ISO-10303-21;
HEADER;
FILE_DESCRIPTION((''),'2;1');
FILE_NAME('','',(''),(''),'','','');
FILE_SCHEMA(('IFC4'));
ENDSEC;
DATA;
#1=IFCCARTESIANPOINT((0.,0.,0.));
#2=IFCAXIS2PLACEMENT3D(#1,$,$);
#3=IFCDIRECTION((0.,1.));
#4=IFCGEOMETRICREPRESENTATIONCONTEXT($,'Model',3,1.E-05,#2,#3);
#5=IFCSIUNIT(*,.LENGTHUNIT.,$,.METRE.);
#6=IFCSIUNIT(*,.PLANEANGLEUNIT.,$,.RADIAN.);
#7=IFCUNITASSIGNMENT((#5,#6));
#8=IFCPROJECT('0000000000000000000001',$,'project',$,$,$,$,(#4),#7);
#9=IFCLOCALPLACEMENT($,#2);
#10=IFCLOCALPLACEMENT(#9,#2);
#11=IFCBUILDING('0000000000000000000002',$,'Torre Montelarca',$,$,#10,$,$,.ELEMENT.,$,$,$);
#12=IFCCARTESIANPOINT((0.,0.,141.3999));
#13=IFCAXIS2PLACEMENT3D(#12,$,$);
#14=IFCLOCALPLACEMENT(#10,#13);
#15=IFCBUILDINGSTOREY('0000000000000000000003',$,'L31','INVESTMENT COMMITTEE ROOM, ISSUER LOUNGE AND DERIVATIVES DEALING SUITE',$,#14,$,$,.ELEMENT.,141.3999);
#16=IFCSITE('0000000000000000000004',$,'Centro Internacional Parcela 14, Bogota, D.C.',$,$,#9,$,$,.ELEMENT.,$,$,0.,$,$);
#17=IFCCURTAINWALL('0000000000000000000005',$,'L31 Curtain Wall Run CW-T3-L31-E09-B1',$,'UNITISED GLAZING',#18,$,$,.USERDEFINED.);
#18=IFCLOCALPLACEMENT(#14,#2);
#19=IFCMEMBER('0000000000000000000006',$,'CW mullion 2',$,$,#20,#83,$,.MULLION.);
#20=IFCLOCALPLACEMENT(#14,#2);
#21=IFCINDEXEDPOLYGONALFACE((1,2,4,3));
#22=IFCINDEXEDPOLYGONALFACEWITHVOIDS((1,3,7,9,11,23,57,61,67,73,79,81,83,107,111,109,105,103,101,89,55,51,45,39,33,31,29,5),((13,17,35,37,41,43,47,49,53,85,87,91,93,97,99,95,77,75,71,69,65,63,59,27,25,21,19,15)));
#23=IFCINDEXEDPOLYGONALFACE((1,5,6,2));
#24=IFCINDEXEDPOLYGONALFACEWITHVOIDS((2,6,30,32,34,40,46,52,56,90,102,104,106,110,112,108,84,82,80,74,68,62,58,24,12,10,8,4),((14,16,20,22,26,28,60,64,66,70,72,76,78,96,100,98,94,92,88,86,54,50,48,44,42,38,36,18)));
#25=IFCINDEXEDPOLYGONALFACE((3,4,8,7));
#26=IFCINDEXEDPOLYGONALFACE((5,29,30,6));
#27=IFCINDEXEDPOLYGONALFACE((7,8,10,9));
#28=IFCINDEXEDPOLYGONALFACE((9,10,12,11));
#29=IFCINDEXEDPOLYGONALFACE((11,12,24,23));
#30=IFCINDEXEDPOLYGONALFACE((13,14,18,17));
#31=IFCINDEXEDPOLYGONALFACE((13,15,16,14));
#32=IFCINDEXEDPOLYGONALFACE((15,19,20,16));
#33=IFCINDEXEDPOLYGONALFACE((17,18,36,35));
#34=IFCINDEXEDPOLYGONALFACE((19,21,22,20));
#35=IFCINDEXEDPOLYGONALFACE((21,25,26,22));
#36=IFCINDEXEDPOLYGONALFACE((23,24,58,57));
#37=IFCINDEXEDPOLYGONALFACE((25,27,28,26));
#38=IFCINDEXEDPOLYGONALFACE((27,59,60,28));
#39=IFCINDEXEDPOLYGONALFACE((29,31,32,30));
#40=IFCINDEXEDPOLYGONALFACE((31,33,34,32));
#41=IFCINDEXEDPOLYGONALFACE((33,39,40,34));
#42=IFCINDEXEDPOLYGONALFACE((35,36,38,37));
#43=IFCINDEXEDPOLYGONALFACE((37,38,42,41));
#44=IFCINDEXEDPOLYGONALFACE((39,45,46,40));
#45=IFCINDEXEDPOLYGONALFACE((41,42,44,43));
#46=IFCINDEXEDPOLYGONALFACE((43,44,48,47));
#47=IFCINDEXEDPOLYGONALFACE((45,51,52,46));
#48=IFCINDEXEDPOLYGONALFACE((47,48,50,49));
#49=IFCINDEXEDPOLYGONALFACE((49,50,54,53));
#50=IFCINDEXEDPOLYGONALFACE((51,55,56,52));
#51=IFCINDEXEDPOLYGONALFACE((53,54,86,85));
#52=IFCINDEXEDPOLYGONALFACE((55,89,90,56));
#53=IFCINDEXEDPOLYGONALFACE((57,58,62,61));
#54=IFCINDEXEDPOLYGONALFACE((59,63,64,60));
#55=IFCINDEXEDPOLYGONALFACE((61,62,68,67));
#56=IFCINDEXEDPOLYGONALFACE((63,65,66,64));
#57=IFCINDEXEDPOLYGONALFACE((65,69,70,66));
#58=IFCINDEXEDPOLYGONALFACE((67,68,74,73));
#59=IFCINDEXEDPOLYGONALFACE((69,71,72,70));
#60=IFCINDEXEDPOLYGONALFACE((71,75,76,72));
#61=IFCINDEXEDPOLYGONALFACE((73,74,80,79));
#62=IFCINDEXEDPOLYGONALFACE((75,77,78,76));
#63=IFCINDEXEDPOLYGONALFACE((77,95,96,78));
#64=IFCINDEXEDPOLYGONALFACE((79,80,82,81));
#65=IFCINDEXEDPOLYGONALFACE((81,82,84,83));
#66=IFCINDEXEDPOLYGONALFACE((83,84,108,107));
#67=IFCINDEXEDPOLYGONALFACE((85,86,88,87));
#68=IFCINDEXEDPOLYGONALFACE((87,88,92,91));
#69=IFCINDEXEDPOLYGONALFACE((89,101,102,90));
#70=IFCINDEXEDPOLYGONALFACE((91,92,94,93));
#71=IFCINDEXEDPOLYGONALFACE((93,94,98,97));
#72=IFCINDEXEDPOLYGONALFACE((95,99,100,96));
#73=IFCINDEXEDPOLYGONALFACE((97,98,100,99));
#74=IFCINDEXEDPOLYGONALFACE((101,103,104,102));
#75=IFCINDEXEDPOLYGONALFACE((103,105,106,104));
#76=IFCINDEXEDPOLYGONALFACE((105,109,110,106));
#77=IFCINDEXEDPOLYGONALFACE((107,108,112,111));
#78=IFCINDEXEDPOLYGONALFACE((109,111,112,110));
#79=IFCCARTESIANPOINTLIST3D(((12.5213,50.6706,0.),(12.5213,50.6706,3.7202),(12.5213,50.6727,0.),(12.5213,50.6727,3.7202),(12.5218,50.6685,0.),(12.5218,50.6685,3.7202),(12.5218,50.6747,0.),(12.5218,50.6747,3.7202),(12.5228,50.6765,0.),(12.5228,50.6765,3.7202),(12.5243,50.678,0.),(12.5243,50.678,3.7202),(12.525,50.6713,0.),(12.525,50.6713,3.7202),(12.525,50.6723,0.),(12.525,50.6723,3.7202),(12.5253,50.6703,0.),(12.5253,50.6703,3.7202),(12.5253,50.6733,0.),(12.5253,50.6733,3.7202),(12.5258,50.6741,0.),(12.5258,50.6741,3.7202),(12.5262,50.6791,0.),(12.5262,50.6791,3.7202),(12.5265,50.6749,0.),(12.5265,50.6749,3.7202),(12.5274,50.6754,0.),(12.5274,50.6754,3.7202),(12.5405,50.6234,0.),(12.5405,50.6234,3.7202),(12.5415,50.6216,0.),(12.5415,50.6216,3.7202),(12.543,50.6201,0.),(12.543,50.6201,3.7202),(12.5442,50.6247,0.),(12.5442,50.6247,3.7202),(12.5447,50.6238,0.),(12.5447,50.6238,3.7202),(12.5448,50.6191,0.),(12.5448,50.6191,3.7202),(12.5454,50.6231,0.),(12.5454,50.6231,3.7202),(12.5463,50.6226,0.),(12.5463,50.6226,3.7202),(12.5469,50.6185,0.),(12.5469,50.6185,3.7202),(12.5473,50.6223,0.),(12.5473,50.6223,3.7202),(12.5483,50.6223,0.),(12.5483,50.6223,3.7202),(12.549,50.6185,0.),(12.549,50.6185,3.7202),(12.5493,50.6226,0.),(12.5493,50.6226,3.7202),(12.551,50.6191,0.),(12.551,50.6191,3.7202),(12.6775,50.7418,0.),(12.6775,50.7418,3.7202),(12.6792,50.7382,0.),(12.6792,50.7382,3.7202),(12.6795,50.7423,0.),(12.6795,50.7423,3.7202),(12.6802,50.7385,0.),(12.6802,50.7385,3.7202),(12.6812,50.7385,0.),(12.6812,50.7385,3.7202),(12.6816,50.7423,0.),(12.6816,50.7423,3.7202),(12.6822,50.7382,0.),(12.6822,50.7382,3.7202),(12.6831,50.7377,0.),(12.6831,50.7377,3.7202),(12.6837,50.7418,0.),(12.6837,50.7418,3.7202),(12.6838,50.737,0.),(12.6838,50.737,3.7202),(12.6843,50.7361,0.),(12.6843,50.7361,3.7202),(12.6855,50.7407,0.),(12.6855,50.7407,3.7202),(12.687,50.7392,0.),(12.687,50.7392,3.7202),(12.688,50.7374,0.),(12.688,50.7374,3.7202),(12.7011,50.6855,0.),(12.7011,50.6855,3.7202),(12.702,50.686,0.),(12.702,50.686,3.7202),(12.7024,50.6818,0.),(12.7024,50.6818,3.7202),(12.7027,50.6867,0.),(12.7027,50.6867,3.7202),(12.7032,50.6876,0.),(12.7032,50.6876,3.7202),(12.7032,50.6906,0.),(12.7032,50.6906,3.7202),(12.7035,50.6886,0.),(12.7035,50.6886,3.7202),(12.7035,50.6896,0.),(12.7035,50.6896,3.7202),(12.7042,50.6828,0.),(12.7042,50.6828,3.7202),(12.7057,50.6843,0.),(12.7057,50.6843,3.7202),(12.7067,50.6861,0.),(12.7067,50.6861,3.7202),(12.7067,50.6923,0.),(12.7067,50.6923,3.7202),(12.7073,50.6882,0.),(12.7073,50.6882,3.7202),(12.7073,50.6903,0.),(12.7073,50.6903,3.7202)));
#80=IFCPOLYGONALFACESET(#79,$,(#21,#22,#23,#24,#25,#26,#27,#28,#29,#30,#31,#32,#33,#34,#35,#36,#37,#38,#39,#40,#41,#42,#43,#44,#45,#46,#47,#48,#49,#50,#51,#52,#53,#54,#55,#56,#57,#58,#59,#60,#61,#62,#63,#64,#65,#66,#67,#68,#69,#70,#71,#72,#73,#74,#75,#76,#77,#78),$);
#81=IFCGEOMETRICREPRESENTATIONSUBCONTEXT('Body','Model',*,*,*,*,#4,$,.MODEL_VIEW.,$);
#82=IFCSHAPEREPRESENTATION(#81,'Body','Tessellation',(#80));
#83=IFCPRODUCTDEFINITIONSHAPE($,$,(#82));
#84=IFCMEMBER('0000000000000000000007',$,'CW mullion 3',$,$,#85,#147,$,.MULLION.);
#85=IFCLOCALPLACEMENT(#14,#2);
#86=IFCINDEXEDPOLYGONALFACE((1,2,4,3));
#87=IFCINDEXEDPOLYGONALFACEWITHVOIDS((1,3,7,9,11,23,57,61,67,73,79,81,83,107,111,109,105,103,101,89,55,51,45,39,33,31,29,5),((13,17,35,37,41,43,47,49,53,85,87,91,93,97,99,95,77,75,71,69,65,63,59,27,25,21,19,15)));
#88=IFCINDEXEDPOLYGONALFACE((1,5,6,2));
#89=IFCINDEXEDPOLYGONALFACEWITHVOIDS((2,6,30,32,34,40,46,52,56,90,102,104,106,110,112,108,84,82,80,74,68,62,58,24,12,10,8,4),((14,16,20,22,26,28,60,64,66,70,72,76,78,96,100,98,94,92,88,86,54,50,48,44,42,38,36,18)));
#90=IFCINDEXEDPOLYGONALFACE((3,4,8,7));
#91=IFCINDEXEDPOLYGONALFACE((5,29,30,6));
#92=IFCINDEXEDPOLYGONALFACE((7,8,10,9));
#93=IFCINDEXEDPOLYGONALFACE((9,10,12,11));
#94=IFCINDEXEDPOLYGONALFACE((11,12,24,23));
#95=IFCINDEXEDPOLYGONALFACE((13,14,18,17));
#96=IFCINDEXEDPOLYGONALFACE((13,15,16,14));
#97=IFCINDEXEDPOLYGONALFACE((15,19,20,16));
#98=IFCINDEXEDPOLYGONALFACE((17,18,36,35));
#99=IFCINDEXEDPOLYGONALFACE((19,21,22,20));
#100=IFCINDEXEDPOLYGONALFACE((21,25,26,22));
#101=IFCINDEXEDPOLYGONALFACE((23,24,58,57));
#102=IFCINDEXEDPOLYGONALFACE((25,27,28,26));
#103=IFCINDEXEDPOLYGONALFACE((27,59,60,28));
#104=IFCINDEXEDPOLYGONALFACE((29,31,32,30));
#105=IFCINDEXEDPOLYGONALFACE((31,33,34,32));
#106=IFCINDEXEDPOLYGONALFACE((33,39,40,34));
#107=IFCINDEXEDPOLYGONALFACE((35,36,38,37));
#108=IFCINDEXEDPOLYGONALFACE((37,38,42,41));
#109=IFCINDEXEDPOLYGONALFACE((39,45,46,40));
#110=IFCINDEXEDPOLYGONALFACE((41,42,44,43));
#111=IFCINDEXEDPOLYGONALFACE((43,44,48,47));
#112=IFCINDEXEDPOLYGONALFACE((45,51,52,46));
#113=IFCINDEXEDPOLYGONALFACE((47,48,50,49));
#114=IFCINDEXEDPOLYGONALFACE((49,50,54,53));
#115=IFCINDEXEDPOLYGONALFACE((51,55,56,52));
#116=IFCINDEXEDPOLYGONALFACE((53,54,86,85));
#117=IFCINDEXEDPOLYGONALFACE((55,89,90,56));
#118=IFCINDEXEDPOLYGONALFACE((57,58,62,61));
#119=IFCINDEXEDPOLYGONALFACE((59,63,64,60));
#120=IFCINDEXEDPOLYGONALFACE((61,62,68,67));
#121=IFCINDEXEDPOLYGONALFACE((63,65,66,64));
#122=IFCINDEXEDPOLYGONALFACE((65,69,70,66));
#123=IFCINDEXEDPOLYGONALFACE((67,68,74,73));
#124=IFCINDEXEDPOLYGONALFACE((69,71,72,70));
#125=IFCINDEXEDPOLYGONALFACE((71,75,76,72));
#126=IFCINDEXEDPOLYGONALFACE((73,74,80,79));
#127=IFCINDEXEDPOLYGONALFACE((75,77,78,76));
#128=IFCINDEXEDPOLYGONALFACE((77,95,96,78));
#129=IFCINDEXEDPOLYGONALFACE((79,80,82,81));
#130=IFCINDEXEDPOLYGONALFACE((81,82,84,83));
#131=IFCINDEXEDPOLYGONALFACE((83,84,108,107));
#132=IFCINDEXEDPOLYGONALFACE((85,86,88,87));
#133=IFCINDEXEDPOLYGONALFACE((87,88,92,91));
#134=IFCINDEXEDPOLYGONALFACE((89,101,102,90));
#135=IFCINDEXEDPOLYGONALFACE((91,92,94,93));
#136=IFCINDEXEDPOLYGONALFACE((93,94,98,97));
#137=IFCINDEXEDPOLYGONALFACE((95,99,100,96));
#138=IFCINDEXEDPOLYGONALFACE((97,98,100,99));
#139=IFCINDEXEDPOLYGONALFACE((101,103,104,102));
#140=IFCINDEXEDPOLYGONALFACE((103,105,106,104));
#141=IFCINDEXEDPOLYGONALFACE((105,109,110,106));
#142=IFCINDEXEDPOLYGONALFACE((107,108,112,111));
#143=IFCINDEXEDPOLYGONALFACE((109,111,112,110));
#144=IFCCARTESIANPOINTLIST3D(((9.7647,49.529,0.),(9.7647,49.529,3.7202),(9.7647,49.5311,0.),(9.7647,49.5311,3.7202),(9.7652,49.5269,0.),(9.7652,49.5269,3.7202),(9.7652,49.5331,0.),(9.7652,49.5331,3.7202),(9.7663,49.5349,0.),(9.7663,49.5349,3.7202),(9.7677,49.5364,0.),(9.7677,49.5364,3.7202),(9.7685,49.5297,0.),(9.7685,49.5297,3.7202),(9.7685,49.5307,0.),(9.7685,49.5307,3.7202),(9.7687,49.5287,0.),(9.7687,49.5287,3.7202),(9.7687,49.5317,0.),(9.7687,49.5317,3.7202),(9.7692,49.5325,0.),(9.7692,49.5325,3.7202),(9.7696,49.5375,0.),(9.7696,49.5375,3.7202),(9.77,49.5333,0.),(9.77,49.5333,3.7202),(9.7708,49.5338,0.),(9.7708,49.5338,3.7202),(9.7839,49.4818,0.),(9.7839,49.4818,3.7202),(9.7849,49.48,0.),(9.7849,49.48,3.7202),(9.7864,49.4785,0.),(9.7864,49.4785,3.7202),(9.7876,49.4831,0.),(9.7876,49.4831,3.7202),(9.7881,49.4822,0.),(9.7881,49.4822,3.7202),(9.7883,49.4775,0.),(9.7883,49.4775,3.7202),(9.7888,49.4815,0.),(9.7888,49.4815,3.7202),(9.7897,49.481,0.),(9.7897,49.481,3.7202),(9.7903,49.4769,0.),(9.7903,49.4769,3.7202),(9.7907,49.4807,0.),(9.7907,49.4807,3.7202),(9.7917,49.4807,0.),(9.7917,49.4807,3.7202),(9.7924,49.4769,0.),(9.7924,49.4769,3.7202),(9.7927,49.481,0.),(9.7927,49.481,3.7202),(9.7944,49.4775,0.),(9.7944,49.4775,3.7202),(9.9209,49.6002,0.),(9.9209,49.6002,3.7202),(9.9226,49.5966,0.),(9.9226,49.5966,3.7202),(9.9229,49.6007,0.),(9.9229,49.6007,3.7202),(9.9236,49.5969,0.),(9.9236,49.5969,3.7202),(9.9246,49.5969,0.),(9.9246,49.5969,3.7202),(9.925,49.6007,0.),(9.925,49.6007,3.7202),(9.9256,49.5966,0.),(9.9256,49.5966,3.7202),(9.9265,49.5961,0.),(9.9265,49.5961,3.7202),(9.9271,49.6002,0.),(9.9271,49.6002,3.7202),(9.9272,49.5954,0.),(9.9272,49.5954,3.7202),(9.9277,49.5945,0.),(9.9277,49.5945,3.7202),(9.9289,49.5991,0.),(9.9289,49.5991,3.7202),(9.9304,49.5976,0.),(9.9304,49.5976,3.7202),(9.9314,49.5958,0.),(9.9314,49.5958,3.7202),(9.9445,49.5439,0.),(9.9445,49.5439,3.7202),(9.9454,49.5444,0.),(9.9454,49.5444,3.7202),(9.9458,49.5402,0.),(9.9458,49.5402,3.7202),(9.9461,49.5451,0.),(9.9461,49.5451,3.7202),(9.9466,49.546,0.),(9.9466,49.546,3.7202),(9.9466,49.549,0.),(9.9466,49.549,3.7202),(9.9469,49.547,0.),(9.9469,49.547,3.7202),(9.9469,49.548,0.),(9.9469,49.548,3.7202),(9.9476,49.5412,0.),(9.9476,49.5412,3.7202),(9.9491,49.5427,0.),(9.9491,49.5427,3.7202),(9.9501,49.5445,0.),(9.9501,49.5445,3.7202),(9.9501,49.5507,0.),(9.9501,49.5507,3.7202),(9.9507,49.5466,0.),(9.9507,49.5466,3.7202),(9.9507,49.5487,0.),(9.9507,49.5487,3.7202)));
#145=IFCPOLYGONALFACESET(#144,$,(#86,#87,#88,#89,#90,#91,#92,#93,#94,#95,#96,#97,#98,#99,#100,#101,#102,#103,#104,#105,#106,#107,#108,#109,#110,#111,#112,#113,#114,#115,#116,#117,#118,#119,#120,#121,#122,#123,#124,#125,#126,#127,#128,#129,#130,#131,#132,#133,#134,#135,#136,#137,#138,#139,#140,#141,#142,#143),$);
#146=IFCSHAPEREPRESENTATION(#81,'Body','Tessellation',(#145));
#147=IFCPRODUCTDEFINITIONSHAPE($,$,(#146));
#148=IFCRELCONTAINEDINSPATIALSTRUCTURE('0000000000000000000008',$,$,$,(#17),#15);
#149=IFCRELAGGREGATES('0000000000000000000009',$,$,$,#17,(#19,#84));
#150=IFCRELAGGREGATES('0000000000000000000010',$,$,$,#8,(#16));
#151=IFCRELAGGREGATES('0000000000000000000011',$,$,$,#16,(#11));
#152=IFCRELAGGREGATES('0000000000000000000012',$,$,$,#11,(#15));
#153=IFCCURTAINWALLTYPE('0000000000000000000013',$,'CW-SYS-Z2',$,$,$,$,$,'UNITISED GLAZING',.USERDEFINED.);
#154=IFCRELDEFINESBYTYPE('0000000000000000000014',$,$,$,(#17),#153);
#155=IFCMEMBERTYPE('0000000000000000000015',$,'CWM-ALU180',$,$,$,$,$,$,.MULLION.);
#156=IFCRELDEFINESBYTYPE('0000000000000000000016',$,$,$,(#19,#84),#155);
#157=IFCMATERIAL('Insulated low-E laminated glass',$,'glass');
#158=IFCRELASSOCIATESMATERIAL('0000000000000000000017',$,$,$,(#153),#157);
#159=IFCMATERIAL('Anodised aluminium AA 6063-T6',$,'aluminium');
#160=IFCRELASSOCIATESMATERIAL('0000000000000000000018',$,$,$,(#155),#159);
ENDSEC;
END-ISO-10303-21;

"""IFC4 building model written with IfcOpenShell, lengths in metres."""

from ifc_helpers import new_model, si_unit, direction, frame, origin, origin_2d, place, context, subcontext, project, spatial, hollow_rectangle, extrude, source, transform, mapped, material, material_profile, profile_set, type_object, element, aggregate, save


model = new_model("IFC4")

# Units and contexts
model_context = context("Model", 3, precision=1e-05, world=origin(), true_north=direction((0.0, 1.0)))
body_context = subcontext(model_context, "Body", "Model", "MODEL_VIEW")
ifc_project = project(units=[si_unit("LENGTHUNIT", "METRE"), si_unit("PLANEANGLEUNIT", "RADIAN")], contexts=[model_context])

# Site, building, storey
site_placement = place(None, origin())
site = spatial("IfcSite", under=ifc_project, at=site_placement, Name="Centro Internacional Parcela 14, Bogota, D.C.", CompositionType="ELEMENT", RefElevation=0.0)
building_placement = place(site_placement, origin())
building = spatial("IfcBuilding", under=site, at=building_placement, Name="Torre Montelarca", CompositionType="ELEMENT")
storey_placement = place(building_placement, frame((0.0, 0.0, 141.3999)))
storey = spatial("IfcBuildingStorey", under=building, at=storey_placement, Name="L31", Description="INVESTMENT COMMITTEE ROOM, ISSUER LOUNGE AND DERIVATIVES DEALING SUITE", CompositionType="ELEMENT", Elevation=141.3999)

# Curtain wall
ifc_material_1 = material(Name="Insulated low-E laminated glass", Category="glass")
curtain_wall_type = type_object("IfcCurtainWallType", Name="CW-SYS-Z2", ElementType="UNITISED GLAZING", PredefinedType="USERDEFINED", material=ifc_material_1)
curtain_wall_1_placement = place(storey_placement, origin())
curtain_wall_1 = element("IfcCurtainWall", 1, at=curtain_wall_1_placement, inside=storey, type_object=curtain_wall_type, Name="L31 Curtain Wall Run CW-T3-L31-E09-B1", ObjectType="UNITISED GLAZING", PredefinedType="USERDEFINED")
ifc_material_2 = material(Name="Anodised aluminium AA 6063-T6", Category="aluminium")
ifc_material_profile_1 = material_profile(ifc_material_2, hollow_rectangle(XDim=0.0649, YDim=0.1799, WallThickness=0.0039, InnerFilletRadius=0.0039, OuterFilletRadius=0.0081, at=origin_2d()), Name="ALU65X180X4", Category="aluminium")
ifc_profile_set_1 = profile_set([ifc_material_profile_1], Name="Anodised aluminium AA 6063-T6")
member_type_1 = type_object("IfcMemberType", Name="CWM-ALU180", PredefinedType="MULLION", material=ifc_profile_set_1)
shared_shape_1 = source(origin(), body_context, "Body", "SweptSolid", [
    extrude(hollow_rectangle(XDim=0.0649, YDim=0.1799, WallThickness=0.0039, InnerFilletRadius=0.0039, OuterFilletRadius=0.0081, at=origin_2d()), origin(), (0.0, 0.0, 1.0), 3.7202),
])

# Members
member_1_placement = place(storey_placement, frame((12.6143, 50.6804, 0.0), z_axis=(0.0, 0.0, 1.0), x_axis=(0.382676, -0.923883, 0.0)))
member_1 = element("IfcMember", 2, at=member_1_placement, type_object=member_type_1, Name="CW mullion 2", PredefinedType="MULLION", context=body_context, shape_type="MappedRepresentation", body=[
    mapped(shared_shape_1, transform((0.0, 0.0, 0.0), scale=1.0)),
])
member_2_placement = place(storey_placement, frame((9.8577, 49.5388, 0.0), z_axis=(0.0, 0.0, 1.0), x_axis=(0.382676, -0.923883, 0.0)))
member_2 = element("IfcMember", 3, at=member_2_placement, type_object=member_type_1, Name="CW mullion 3", PredefinedType="MULLION", context=body_context, shape_type="MappedRepresentation", body=[
    mapped(shared_shape_1, transform((0.0, 0.0, 0.0), scale=1.0)),
])

aggregate(curtain_wall_1, [member_1, member_2])

save(model, "model.ifc")
